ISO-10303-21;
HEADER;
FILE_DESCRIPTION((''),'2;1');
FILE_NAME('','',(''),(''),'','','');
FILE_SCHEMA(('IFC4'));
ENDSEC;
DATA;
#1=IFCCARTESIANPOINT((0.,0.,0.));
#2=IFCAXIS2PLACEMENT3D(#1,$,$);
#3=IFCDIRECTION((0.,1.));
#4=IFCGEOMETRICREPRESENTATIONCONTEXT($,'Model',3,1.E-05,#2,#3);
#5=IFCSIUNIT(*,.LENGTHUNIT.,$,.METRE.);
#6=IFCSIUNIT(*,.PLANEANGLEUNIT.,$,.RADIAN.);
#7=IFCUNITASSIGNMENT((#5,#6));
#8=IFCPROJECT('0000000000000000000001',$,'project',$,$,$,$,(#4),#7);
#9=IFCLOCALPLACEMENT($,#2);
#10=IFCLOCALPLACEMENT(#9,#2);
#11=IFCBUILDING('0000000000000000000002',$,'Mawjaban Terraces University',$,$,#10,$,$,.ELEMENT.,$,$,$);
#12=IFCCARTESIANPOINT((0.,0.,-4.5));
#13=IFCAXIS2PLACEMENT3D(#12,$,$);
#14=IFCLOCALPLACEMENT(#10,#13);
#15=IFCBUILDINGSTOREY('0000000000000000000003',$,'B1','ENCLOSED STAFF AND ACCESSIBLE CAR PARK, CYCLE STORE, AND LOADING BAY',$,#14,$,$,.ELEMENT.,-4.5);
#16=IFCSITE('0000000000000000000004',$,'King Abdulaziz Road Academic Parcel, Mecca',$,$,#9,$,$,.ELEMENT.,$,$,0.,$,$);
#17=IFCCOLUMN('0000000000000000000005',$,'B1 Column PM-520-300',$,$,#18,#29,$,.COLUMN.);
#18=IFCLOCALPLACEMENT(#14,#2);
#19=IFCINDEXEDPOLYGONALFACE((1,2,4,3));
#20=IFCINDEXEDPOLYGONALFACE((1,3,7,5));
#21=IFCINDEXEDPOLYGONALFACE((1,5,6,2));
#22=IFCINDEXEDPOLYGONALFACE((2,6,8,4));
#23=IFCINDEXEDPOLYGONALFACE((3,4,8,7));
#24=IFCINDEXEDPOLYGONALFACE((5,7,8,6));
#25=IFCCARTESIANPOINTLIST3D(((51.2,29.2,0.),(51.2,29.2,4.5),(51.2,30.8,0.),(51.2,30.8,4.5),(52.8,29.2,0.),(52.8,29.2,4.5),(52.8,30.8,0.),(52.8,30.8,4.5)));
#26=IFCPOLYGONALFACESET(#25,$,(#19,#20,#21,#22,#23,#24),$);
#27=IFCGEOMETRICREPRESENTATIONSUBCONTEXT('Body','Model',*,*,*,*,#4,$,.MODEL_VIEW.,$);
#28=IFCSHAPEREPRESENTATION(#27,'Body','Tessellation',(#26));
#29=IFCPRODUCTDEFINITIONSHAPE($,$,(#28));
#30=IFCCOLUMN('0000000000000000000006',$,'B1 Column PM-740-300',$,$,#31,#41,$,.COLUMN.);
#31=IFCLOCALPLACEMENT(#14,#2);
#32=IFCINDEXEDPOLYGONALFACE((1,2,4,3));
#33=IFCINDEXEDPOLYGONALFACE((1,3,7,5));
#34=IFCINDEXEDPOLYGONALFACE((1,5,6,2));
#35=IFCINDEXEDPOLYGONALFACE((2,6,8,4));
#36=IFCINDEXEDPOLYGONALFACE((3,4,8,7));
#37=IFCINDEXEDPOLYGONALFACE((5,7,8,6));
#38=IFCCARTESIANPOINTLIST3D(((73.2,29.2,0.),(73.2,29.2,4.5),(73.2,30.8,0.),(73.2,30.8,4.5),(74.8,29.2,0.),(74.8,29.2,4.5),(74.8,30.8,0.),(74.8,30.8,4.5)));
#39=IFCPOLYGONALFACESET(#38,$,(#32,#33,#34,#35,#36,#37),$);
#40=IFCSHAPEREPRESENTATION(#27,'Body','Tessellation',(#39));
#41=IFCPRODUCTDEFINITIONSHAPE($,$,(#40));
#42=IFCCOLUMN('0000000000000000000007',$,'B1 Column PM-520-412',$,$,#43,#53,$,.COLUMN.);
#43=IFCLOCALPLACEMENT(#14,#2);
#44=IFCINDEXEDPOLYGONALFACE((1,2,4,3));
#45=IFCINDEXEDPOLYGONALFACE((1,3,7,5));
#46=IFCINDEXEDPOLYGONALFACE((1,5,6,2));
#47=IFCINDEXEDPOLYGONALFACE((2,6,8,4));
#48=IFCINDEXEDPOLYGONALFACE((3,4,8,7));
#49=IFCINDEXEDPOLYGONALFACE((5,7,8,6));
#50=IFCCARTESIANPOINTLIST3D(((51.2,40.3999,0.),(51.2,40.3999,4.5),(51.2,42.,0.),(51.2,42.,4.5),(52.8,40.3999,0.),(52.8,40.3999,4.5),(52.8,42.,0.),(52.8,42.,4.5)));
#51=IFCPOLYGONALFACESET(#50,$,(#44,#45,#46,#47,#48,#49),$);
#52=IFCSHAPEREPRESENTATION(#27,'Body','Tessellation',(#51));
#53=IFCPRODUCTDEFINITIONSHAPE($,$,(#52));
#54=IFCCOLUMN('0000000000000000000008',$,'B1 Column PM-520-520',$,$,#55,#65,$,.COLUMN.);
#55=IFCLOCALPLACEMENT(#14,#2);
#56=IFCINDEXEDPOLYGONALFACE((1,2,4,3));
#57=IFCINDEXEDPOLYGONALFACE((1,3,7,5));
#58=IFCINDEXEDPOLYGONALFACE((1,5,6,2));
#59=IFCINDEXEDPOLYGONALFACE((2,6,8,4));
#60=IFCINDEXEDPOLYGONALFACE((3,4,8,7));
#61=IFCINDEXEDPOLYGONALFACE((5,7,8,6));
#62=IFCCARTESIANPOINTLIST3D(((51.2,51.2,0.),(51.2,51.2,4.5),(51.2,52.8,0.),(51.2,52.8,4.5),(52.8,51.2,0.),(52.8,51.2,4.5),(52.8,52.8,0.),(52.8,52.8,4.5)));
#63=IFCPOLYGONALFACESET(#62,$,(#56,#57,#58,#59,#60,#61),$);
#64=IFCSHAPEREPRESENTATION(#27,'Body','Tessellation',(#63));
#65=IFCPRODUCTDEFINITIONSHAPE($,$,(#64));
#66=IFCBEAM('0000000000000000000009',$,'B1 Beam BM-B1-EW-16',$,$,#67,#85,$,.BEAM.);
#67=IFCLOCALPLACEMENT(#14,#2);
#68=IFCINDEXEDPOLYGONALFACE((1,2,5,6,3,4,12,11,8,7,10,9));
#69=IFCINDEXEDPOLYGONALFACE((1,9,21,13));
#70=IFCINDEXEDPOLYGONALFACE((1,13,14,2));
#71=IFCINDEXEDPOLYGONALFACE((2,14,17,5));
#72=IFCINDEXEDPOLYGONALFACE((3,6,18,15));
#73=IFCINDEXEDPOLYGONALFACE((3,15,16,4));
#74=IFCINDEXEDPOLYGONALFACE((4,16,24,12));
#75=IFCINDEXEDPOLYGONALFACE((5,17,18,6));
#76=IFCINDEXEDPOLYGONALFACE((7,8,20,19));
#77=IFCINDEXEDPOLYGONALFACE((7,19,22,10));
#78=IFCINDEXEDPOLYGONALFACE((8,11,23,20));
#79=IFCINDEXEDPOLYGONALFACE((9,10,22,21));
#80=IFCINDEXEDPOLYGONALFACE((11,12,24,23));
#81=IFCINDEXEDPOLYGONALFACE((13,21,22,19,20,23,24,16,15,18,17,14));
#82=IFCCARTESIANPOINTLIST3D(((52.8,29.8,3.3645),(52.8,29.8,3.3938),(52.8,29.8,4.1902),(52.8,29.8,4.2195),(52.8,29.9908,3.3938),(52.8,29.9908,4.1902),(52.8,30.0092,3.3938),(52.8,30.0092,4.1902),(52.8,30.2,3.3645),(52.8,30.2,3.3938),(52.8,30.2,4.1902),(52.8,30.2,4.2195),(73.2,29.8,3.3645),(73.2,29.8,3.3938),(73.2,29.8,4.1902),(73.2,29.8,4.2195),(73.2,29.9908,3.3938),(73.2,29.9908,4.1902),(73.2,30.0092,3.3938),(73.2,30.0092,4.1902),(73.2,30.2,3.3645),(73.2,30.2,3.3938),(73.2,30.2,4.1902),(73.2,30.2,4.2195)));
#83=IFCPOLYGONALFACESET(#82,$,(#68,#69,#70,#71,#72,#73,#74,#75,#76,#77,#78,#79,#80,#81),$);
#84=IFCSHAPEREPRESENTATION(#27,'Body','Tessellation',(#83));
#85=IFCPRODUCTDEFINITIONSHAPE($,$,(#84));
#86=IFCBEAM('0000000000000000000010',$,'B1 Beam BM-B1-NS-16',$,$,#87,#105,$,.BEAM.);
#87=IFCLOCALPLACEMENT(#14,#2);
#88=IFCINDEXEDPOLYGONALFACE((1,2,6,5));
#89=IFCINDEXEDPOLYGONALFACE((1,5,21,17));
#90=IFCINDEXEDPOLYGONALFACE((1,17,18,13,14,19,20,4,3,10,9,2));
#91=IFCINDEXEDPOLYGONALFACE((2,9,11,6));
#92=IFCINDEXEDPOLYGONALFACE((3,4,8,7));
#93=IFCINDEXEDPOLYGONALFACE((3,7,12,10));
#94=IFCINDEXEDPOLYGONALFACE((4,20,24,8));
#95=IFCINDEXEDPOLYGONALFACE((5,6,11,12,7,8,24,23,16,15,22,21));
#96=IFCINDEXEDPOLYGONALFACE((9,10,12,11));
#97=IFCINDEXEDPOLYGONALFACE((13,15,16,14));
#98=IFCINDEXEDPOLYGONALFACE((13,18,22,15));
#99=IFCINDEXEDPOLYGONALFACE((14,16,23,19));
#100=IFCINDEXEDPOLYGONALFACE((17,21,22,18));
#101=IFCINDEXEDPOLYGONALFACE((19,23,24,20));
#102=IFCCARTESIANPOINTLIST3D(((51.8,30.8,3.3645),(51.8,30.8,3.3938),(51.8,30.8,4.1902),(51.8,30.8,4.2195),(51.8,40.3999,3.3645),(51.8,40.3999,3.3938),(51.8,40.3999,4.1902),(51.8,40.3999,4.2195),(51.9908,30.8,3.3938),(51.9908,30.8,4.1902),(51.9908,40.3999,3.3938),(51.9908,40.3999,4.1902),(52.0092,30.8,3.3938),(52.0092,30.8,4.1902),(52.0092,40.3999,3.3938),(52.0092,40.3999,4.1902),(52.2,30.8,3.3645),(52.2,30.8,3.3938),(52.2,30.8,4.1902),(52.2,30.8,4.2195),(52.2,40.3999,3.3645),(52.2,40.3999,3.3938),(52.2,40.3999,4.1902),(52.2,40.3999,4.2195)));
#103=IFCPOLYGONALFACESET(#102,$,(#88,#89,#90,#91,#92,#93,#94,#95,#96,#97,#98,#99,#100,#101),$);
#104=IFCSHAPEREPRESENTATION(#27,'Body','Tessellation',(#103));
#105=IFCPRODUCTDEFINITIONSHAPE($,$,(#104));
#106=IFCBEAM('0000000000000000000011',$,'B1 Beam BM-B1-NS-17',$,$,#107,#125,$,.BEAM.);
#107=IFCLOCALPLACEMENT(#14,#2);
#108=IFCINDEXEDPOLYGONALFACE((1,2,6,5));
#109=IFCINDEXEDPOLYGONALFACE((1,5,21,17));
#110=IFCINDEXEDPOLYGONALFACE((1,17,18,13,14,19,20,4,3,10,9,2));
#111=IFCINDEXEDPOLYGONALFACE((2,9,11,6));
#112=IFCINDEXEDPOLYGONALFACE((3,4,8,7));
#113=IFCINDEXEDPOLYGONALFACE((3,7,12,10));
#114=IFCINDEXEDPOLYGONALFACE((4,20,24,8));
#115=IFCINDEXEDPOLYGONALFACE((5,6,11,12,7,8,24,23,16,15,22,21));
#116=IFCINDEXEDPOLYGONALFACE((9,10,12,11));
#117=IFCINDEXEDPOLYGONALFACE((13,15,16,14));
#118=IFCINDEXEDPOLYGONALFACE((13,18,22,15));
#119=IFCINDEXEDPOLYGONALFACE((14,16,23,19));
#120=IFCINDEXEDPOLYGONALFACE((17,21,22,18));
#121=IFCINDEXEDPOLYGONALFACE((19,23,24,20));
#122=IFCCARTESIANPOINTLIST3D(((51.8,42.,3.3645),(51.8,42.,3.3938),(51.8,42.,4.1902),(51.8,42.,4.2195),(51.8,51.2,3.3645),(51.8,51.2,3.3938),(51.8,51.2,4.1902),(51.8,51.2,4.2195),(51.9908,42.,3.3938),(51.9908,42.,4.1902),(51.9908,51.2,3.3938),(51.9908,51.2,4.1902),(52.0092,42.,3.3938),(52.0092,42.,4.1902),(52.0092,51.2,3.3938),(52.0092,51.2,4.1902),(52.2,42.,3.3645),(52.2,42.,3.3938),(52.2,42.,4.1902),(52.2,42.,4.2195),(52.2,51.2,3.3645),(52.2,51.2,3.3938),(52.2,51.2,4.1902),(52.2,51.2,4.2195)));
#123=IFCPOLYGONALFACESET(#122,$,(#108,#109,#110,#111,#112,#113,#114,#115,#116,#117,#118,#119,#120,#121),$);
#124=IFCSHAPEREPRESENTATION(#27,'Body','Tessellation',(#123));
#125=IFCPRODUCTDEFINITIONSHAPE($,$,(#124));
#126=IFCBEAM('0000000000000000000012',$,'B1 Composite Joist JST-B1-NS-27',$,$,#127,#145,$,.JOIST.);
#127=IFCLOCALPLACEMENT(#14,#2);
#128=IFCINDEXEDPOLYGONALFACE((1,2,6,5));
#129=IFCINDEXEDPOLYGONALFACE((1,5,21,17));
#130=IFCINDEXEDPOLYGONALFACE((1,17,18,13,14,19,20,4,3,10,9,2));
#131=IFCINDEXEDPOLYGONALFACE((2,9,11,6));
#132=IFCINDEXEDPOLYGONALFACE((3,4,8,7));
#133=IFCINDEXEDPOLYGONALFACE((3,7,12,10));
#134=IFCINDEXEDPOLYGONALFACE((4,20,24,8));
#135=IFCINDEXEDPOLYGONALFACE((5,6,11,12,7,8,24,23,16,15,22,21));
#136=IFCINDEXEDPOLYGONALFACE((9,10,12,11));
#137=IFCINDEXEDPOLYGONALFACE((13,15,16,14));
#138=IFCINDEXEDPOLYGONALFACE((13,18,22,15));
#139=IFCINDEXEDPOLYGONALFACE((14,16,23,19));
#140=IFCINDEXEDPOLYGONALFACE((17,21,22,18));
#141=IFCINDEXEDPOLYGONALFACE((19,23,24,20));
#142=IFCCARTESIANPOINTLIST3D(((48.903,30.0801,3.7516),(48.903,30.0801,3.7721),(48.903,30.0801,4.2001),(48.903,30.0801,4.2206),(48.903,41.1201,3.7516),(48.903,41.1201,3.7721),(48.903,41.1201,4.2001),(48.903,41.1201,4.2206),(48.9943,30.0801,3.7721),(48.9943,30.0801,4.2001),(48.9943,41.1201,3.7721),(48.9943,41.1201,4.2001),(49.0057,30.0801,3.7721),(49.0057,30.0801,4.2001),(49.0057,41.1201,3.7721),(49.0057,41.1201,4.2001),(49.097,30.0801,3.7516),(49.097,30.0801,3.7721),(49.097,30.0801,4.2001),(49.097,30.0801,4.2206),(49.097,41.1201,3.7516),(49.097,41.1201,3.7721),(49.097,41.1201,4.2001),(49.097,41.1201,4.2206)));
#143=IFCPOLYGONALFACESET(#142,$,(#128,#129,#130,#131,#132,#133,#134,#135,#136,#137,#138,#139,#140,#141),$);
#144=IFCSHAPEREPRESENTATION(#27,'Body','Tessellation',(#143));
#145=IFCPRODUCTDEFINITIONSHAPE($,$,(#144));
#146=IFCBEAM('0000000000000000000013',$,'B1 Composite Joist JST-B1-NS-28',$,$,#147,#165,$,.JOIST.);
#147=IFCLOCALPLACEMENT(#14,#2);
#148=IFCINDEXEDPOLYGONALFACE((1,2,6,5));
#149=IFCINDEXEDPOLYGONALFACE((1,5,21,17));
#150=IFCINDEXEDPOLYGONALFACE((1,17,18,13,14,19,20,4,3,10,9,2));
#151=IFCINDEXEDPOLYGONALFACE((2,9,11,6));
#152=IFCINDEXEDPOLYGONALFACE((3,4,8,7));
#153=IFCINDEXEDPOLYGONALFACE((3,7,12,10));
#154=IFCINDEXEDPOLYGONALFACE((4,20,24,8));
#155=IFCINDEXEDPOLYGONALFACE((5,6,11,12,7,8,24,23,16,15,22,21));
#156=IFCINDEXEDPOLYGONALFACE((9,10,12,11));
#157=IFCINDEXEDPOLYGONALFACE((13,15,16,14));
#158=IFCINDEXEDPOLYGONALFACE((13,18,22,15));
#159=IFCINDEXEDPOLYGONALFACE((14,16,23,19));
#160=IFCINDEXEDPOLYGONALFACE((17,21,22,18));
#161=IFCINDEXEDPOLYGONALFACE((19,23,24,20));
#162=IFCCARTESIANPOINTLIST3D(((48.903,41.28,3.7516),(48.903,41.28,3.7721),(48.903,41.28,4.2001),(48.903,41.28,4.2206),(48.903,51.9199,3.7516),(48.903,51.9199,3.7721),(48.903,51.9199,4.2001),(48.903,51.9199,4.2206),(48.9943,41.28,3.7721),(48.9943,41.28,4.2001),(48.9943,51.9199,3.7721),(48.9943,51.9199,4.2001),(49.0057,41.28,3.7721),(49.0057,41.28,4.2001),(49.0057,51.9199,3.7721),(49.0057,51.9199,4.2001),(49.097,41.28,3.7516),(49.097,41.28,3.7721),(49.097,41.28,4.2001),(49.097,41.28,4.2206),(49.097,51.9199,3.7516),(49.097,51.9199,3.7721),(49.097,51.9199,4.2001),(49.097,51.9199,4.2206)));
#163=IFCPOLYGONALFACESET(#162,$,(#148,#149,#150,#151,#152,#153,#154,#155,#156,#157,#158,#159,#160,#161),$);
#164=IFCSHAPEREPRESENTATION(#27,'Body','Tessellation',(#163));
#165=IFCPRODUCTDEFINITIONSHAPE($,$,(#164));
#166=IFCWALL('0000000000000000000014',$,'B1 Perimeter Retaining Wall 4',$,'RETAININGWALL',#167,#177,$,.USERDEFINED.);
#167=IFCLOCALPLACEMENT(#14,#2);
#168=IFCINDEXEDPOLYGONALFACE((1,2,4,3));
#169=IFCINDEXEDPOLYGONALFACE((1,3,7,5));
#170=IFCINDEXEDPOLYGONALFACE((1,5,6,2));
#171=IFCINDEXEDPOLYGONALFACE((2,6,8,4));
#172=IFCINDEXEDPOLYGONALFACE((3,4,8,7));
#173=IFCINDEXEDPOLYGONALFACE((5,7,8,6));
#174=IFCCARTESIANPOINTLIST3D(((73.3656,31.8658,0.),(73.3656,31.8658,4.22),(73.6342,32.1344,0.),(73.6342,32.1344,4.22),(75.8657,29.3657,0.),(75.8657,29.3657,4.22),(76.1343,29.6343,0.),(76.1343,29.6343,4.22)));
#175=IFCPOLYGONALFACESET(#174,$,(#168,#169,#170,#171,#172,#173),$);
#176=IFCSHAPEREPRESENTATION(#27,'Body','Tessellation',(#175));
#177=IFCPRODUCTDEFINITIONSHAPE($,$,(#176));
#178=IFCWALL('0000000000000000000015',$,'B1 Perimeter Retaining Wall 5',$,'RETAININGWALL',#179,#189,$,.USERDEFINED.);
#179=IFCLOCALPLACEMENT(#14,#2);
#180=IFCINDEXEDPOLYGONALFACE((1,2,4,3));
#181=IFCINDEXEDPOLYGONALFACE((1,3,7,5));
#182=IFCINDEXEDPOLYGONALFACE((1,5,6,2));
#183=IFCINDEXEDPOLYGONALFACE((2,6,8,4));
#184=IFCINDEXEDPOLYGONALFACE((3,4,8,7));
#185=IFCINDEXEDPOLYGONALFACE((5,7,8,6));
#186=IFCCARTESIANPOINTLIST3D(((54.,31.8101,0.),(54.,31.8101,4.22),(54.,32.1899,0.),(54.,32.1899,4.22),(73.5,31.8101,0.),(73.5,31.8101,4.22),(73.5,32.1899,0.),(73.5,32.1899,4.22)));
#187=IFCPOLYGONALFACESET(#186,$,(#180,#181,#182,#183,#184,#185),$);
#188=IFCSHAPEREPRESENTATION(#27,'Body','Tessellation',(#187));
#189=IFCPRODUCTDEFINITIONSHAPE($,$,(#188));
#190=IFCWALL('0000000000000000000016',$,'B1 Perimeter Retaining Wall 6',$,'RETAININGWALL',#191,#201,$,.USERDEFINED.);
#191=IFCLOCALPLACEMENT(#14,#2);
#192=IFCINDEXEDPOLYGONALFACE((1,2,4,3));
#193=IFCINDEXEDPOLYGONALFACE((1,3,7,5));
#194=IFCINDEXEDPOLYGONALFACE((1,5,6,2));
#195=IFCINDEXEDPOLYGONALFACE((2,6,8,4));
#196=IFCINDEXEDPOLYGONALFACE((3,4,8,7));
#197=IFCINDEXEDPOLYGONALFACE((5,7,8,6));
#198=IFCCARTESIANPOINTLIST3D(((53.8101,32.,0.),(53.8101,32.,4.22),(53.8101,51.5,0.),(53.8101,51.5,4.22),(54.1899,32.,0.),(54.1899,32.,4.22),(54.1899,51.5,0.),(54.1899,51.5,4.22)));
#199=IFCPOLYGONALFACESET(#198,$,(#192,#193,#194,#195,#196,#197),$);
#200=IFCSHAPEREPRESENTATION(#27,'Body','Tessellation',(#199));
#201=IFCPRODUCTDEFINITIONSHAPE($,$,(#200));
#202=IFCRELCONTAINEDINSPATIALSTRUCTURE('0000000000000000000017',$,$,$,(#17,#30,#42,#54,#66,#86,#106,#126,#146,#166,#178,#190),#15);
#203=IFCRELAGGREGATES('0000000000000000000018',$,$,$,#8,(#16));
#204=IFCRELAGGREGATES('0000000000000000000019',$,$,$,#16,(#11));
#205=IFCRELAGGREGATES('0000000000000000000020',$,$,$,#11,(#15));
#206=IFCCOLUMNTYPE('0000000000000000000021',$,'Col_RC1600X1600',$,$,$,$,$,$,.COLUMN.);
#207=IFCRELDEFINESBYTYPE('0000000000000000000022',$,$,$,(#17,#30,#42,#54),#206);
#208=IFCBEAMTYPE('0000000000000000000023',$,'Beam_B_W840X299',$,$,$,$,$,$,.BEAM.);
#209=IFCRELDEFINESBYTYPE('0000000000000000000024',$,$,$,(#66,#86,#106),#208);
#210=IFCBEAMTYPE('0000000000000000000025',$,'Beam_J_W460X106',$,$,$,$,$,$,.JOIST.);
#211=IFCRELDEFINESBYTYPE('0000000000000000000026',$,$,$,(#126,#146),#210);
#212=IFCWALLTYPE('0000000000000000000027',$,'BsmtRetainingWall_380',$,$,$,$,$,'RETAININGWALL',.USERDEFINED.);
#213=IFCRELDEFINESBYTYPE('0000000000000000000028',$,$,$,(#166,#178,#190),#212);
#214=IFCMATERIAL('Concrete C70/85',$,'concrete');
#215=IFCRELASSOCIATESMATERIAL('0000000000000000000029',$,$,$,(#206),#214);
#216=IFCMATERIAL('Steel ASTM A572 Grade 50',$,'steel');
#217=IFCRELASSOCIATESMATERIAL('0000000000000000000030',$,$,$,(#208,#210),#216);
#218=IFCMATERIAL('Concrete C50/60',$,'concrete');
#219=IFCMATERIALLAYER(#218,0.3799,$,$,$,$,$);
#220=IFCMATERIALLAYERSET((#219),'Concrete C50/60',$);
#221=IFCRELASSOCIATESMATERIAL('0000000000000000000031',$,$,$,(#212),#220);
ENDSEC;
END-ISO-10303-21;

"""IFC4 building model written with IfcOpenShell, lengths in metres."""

from ifc_helpers import new_model, si_unit, direction, frame, frame_2d, origin, origin_2d, place, context, subcontext, project, spatial, rectangle, i_section, extrude, material, layer, layer_set, material_profile, profile_set, type_object, element, save


model = new_model("IFC4")

# Units and contexts
model_context = context("Model", 3, precision=1e-05, world=origin(), true_north=direction((0.0, 1.0)))
body_context = subcontext(model_context, "Body", "Model", "MODEL_VIEW")
ifc_project = project(units=[si_unit("LENGTHUNIT", "METRE"), si_unit("PLANEANGLEUNIT", "RADIAN")], contexts=[model_context])

# Site, building, storey
site_placement = place(None, origin())
site = spatial("IfcSite", under=ifc_project, at=site_placement, Name="King Abdulaziz Road Academic Parcel, Mecca", CompositionType="ELEMENT", RefElevation=0.0)
building_placement = place(site_placement, origin())
building = spatial("IfcBuilding", under=site, at=building_placement, Name="Mawjaban Terraces University", CompositionType="ELEMENT")
storey_placement = place(building_placement, frame((0.0, 0.0, -4.5)))
storey = spatial("IfcBuildingStorey", under=building, at=storey_placement, Name="B1", Description="ENCLOSED STAFF AND ACCESSIBLE CAR PARK, CYCLE STORE, AND LOADING BAY", CompositionType="ELEMENT", Elevation=-4.5)

# Columns
ifc_material_1 = material(Name="Concrete C70/85", Category="concrete")
ifc_material_profile_1 = material_profile(ifc_material_1, rectangle(XDim=1.6001, YDim=1.6001, at=origin_2d()), Name="RC1600X1600")
ifc_profile_set_1 = profile_set([ifc_material_profile_1], Name="Concrete C70/85")
column_type = type_object("IfcColumnType", Name="Col_RC1600X1600", PredefinedType="COLUMN", material=ifc_profile_set_1)
for number, where, z_axis, x_axis, name in (
    (1, (52.0, 30.0, 0.0), (0.0, 0.0, 1.0), (1.0, 0.0, 0.0), "B1 Column PM-520-300"),
    (2, (74.0, 30.0, 0.0), (0.0, 0.0, 1.0), (1.0, 0.0, 0.0), "B1 Column PM-740-300"),
    (3, (52.0, 41.2, 0.0), (0.0, 0.0, 1.0), (1.0, 0.0, 0.0), "B1 Column PM-520-412"),
    (4, (52.0, 52.0, 0.0), (0.0, 0.0, 1.0), (1.0, 0.0, 0.0), "B1 Column PM-520-520"),
):
    element("IfcColumn", number, at=place(storey_placement, frame(where, z_axis=z_axis, x_axis=x_axis)), inside=storey, type_object=column_type, Name=name, PredefinedType="COLUMN", context=body_context, shape_type="SweptSolid", body=[
        extrude(rectangle(XDim=1.6001, YDim=1.6001, at=origin_2d()), origin(), (0.0, 0.0, 1.0), 4.5),
    ])

# Beams
ifc_material_2 = material(Name="Steel ASTM A572 Grade 50", Category="steel")
ifc_material_profile_2 = material_profile(ifc_material_2, i_section(OverallWidth=0.3999, OverallDepth=0.855, WebThickness=0.0183, FlangeThickness=0.0293, at=origin_2d()), Name="W840X299")
ifc_profile_set_2 = profile_set([ifc_material_profile_2], Name="Steel ASTM A572 Grade 50")
beam_type_1 = type_object("IfcBeamType", Name="Beam_B_W840X299", PredefinedType="BEAM", material=ifc_profile_set_2)
beam_1_placement = place(storey_placement, frame((52.8, 30.0, 3.792), z_axis=(1.0, 0.0, 0.0), x_axis=(0.0, 1.0, 0.0)))
element("IfcBeam", 5, at=beam_1_placement, inside=storey, type_object=beam_type_1, Name="B1 Beam BM-B1-EW-16", PredefinedType="BEAM", context=body_context, shape_type="SweptSolid", body=[
    extrude(i_section(OverallWidth=0.3999, OverallDepth=0.855, WebThickness=0.0183, FlangeThickness=0.0293, at=origin_2d()), origin(), (0.0, 0.0, 1.0), 20.3999),
])
beam_2_placement = place(storey_placement, frame((52.0, 30.8, 3.792), z_axis=(0.0, 1.0, 0.0), x_axis=(-1.0, 0.0, 0.0)))
element("IfcBeam", 6, at=beam_2_placement, inside=storey, type_object=beam_type_1, Name="B1 Beam BM-B1-NS-16", PredefinedType="BEAM", context=body_context, shape_type="SweptSolid", body=[
    extrude(i_section(OverallWidth=0.3999, OverallDepth=0.855, WebThickness=0.0183, FlangeThickness=0.0293, at=origin_2d()), origin(), (0.0, 0.0, 1.0), 9.5999),
])
beam_3_placement = place(storey_placement, frame((52.0, 42.0, 3.792), z_axis=(0.0, 1.0, 0.0), x_axis=(-1.0, 0.0, 0.0)))
element("IfcBeam", 7, at=beam_3_placement, inside=storey, type_object=beam_type_1, Name="B1 Beam BM-B1-NS-17", PredefinedType="BEAM", context=body_context, shape_type="SweptSolid", body=[
    extrude(i_section(OverallWidth=0.3999, OverallDepth=0.855, WebThickness=0.0183, FlangeThickness=0.0293, at=origin_2d()), origin(), (0.0, 0.0, 1.0), 9.2),
])
ifc_material_profile_3 = material_profile(ifc_material_2, i_section(OverallWidth=0.1941, OverallDepth=0.469, WebThickness=0.0115, FlangeThickness=0.0205, at=origin_2d()), Name="W460X106")
ifc_profile_set_3 = profile_set([ifc_material_profile_3], Name="Steel ASTM A572 Grade 50")
beam_type_2 = type_object("IfcBeamType", Name="Beam_J_W460X106", PredefinedType="JOIST", material=ifc_profile_set_3)
beam_4_placement = place(storey_placement, frame((49.0, 30.0801, 3.9861), z_axis=(0.0, 1.0, 0.0), x_axis=(-1.0, 0.0, 0.0)))
element("IfcBeam", 8, at=beam_4_placement, inside=storey, type_object=beam_type_2, Name="B1 Composite Joist JST-B1-NS-27", PredefinedType="JOIST", context=body_context, shape_type="SweptSolid", body=[
    extrude(i_section(OverallWidth=0.1941, OverallDepth=0.469, WebThickness=0.0115, FlangeThickness=0.0205, at=origin_2d()), origin(), (0.0, 0.0, 1.0), 11.04),
])
beam_5_placement = place(storey_placement, frame((49.0, 41.28, 3.9861), z_axis=(0.0, 1.0, 0.0), x_axis=(-1.0, 0.0, 0.0)))
element("IfcBeam", 9, at=beam_5_placement, inside=storey, type_object=beam_type_2, Name="B1 Composite Joist JST-B1-NS-28", PredefinedType="JOIST", context=body_context, shape_type="SweptSolid", body=[
    extrude(i_section(OverallWidth=0.1941, OverallDepth=0.469, WebThickness=0.0115, FlangeThickness=0.0205, at=origin_2d()), origin(), (0.0, 0.0, 1.0), 10.6399),
])

# Walls
ifc_material_3 = material(Name="Concrete C50/60", Category="concrete")
ifc_layer_1 = layer(ifc_material_3, 0.3799)
ifc_layer_set_1 = layer_set([ifc_layer_1], Name="Concrete C50/60")
wall_type_1 = type_object("IfcWallType", Name="BsmtRetainingWall_380", ElementType="RETAININGWALL", PredefinedType="USERDEFINED", material=ifc_layer_set_1)
wall_1_placement = place(storey_placement, frame((76.0, 29.5, 0.0), z_axis=(0.0, 0.0, 1.0), x_axis=(-0.707107, 0.707107, 0.0)))
element("IfcWall", 10, at=wall_1_placement, inside=storey, type_object=wall_type_1, Name="B1 Perimeter Retaining Wall 4", ObjectType="RETAININGWALL", PredefinedType="USERDEFINED", context=body_context, shape_type="SweptSolid", body=[
    extrude(rectangle(XDim=3.5356, YDim=0.3799, at=frame_2d((1.7678, 0.0))), origin(), (0.0, 0.0, 1.0), 4.22),
])
for number, where, z_axis, x_axis, name in (
    (11, (73.5, 32.0, 0.0), (0.0, 0.0, 1.0), (-1.0, 0.0, 0.0), "B1 Perimeter Retaining Wall 5"),
    (12, (54.0, 32.0, 0.0), (0.0, 0.0, 1.0), (0.0, 1.0, 0.0), "B1 Perimeter Retaining Wall 6"),
):
    element("IfcWall", number, at=place(storey_placement, frame(where, z_axis=z_axis, x_axis=x_axis)), inside=storey, type_object=wall_type_1, Name=name, ObjectType="RETAININGWALL", PredefinedType="USERDEFINED", context=body_context, shape_type="SweptSolid", body=[
        extrude(rectangle(XDim=19.5, YDim=0.3799, at=frame_2d((9.75, 0.0))), origin(), (0.0, 0.0, 1.0), 4.22),
    ])

save(model, "model.ifc")
